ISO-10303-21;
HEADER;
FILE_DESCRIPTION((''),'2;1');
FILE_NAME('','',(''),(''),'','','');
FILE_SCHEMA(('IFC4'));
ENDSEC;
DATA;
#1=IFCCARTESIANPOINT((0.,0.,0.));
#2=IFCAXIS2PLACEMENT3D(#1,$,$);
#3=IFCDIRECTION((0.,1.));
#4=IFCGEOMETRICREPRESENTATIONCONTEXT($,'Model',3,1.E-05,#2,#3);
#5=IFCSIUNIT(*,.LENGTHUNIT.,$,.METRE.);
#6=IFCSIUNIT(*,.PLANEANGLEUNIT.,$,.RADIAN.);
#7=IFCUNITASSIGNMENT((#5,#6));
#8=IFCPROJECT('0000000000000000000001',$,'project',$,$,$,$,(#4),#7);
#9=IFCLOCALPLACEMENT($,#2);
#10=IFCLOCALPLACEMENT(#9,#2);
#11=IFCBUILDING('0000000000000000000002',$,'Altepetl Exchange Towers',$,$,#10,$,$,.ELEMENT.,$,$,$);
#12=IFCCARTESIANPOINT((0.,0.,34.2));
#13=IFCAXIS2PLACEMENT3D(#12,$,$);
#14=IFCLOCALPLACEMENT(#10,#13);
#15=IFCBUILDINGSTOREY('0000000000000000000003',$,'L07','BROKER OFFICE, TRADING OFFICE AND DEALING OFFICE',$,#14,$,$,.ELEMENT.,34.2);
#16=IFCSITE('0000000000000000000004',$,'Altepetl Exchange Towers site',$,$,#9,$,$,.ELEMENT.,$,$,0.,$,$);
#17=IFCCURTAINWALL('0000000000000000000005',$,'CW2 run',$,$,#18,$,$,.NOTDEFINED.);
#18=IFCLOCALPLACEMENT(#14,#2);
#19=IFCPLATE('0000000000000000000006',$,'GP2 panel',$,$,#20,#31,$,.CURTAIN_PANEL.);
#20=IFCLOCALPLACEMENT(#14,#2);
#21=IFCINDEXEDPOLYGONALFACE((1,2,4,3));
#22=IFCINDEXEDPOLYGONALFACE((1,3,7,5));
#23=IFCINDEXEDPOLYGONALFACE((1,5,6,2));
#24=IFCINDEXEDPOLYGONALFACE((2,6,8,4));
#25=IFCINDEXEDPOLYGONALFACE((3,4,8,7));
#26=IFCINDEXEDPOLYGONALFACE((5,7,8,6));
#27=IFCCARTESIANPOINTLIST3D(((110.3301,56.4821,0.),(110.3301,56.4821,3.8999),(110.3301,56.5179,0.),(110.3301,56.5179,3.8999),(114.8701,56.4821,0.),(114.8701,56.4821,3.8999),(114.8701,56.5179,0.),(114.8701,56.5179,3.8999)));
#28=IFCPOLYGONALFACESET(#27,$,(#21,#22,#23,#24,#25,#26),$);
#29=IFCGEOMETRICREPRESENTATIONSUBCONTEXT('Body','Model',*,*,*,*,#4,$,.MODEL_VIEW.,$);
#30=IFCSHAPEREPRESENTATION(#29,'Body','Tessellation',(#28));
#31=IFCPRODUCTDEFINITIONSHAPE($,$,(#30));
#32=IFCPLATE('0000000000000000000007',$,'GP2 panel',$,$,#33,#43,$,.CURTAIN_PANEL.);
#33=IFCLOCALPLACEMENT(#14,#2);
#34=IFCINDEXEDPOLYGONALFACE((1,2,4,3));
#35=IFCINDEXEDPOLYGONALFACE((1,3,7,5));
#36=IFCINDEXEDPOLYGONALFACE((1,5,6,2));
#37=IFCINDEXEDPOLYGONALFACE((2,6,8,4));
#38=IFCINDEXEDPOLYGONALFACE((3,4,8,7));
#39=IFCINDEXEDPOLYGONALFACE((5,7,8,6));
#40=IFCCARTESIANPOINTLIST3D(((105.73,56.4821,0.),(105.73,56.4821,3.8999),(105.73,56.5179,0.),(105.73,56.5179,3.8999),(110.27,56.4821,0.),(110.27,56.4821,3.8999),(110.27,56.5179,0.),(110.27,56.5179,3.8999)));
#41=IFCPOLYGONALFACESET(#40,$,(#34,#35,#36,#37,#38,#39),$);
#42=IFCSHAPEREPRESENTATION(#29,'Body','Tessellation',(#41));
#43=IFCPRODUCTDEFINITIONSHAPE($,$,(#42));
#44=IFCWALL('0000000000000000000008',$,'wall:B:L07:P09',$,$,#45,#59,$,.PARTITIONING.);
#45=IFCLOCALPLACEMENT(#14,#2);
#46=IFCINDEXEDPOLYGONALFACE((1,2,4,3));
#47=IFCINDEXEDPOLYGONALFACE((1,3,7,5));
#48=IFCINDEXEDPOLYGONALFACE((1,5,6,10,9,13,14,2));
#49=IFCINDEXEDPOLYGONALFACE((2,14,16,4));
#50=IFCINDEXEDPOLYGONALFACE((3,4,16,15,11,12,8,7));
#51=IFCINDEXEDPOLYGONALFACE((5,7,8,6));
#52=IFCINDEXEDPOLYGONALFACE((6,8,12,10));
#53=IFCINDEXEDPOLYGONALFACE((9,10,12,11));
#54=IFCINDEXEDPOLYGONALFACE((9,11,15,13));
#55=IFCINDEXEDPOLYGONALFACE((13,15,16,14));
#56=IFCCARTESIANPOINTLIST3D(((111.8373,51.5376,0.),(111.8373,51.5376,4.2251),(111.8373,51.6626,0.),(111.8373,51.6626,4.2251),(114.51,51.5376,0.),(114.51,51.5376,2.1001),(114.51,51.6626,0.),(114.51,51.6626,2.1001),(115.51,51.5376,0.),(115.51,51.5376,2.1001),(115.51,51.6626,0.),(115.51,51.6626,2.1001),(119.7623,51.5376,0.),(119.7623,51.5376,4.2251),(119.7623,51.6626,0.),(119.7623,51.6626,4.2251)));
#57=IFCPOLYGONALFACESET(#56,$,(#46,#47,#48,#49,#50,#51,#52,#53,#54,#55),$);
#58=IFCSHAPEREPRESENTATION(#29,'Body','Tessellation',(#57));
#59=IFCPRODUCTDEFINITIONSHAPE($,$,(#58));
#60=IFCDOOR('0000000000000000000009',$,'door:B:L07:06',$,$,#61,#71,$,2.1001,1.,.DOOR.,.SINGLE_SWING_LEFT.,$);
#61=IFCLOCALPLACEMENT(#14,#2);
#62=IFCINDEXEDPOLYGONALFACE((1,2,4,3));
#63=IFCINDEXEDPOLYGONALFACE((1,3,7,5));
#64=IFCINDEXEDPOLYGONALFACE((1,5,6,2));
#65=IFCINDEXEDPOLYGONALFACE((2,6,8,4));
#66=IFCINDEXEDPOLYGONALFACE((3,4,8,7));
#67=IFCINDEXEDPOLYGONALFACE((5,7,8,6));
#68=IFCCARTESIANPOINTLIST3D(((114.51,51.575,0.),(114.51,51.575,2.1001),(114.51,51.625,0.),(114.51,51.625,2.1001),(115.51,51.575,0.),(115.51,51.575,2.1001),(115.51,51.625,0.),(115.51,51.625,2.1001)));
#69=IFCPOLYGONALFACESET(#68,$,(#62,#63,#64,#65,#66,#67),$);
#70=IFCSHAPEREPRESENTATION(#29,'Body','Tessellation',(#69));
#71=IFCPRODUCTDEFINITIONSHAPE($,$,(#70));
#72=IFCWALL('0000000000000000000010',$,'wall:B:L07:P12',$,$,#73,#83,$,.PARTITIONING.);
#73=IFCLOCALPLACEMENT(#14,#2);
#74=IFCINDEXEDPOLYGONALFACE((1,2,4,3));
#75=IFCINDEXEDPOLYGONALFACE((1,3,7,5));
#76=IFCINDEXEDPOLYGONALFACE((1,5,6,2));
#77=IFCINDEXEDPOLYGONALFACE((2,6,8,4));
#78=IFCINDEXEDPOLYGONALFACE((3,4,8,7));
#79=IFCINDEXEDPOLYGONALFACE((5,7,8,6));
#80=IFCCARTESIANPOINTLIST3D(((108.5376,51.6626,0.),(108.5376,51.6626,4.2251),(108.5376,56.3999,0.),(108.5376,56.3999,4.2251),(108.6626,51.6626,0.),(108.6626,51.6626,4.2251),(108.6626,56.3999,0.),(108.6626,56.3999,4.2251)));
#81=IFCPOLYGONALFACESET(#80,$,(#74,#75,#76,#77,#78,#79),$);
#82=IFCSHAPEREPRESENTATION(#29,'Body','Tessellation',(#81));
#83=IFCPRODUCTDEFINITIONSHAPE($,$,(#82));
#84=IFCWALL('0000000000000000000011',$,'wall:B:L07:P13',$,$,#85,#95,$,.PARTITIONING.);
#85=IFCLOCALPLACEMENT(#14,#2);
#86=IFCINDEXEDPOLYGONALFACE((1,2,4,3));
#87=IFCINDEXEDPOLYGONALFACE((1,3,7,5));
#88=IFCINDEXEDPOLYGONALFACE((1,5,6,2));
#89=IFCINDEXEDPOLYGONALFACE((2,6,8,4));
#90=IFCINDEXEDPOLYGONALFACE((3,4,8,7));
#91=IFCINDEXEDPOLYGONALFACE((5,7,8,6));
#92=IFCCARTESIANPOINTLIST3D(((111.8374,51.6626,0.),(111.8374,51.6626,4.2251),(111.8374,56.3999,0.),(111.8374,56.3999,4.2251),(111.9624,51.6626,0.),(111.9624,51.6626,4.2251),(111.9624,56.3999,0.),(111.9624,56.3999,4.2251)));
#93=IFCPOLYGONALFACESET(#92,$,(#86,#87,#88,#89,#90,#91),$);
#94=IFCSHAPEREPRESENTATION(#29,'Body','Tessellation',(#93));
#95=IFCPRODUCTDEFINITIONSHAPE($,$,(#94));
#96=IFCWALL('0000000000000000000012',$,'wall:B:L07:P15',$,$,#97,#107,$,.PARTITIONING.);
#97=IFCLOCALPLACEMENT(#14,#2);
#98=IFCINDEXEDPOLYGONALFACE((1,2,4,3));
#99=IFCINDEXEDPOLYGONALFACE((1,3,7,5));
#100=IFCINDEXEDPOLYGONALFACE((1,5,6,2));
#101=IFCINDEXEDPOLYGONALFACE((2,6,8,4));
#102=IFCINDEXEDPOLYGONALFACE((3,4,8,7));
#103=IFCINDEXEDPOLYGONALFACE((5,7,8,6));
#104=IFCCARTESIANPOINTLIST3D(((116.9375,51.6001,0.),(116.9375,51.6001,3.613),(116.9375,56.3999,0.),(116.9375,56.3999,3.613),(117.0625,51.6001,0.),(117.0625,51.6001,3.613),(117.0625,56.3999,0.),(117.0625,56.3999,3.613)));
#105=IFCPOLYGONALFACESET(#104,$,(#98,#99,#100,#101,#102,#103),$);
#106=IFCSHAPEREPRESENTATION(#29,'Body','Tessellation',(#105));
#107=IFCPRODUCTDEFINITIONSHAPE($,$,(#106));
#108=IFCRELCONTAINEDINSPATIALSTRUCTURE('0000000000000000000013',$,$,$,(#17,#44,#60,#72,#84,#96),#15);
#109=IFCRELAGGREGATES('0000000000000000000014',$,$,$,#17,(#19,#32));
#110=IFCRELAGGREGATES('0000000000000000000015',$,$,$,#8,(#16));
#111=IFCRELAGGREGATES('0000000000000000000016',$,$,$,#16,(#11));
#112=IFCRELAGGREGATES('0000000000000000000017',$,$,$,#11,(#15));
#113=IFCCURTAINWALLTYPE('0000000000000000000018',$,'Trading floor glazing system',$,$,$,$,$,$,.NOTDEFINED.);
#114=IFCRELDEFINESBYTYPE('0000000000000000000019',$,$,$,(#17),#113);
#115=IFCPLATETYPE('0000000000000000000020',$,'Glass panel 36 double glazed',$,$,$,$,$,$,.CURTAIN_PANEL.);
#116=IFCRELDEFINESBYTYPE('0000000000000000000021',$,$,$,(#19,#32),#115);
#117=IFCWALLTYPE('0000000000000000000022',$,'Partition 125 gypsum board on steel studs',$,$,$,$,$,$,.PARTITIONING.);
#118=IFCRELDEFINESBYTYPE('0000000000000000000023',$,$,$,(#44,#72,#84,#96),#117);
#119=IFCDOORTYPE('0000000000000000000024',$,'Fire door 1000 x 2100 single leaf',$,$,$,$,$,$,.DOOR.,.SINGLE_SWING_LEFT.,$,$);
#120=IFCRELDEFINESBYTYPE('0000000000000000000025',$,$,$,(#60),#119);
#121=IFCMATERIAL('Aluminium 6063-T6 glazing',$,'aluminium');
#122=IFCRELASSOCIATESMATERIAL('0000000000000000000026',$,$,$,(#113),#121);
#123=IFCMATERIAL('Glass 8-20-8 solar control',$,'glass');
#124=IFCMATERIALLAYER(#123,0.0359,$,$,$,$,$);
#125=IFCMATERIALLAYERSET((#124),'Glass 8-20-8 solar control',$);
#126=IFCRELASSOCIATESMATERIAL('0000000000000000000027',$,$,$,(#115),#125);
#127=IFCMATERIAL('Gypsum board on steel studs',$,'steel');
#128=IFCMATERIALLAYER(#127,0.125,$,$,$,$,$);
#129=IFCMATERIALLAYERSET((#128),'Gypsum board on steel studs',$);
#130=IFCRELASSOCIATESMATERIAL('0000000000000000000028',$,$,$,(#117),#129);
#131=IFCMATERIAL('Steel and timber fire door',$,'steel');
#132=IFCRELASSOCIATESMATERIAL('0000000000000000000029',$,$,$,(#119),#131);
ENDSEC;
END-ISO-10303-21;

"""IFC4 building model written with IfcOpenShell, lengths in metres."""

from ifc_helpers import new_model, si_unit, direction, frame, frame_2d, origin, origin_2d, place, context, subcontext, project, spatial, rectangle, extrude, material, layer, layer_set, type_object, element, fill, aggregate, save


model = new_model("IFC4")

# Units and contexts
model_context = context("Model", 3, precision=1e-05, world=origin(), true_north=direction((0.0, 1.0)))
body_context = subcontext(model_context, "Body", "Model", "MODEL_VIEW")
ifc_project = project(units=[si_unit("LENGTHUNIT", "METRE"), si_unit("PLANEANGLEUNIT", "RADIAN")], contexts=[model_context])

# Site, building, storey
site_placement = place(None, origin())
site = spatial("IfcSite", under=ifc_project, at=site_placement, Name="Altepetl Exchange Towers site", CompositionType="ELEMENT", RefElevation=0.0)
building_placement = place(site_placement, origin())
building = spatial("IfcBuilding", under=site, at=building_placement, Name="Altepetl Exchange Towers", CompositionType="ELEMENT")
storey_placement = place(building_placement, frame((0.0, 0.0, 34.2)))
storey = spatial("IfcBuildingStorey", under=building, at=storey_placement, Name="L07", Description="BROKER OFFICE, TRADING OFFICE AND DEALING OFFICE", CompositionType="ELEMENT", Elevation=34.2)

# Curtain wall
ifc_material_1 = material(Name="Aluminium 6063-T6 glazing", Category="aluminium")
curtain_wall_type = type_object("IfcCurtainWallType", Name="Trading floor glazing system", PredefinedType="NOTDEFINED", material=ifc_material_1)
curtain_wall_placement = place(storey_placement, origin())
curtain_wall = element("IfcCurtainWall", 1, at=curtain_wall_placement, inside=storey, type_object=curtain_wall_type, Name="CW2 run", PredefinedType="NOTDEFINED")

# Plates
ifc_material_2 = material(Name="Glass 8-20-8 solar control", Category="glass")
ifc_layer_1 = layer(ifc_material_2, 0.0359)
ifc_layer_set_1 = layer_set([ifc_layer_1], Name="Glass 8-20-8 solar control")
plate_type = type_object("IfcPlateType", Name="Glass panel 36 double glazed", PredefinedType="CURTAIN_PANEL", material=ifc_layer_set_1)
plate_1_placement = place(storey_placement, frame((112.6001, 56.5, 0.0), z_axis=(0.0, 0.0, 1.0), x_axis=(-1.0, 0.0, 0.0)))
plate_1 = element("IfcPlate", 2, at=plate_1_placement, type_object=plate_type, Name="GP2 panel", PredefinedType="CURTAIN_PANEL", context=body_context, shape_type="SweptSolid", body=[
    extrude(rectangle(XDim=4.54, YDim=0.0359, at=origin_2d()), origin(), (0.0, 0.0, 1.0), 3.8999),
])
plate_2_placement = place(storey_placement, frame((108.0, 56.5, 0.0), z_axis=(0.0, 0.0, 1.0), x_axis=(-1.0, 0.0, 0.0)))
plate_2 = element("IfcPlate", 3, at=plate_2_placement, type_object=plate_type, Name="GP2 panel", PredefinedType="CURTAIN_PANEL", context=body_context, shape_type="SweptSolid", body=[
    extrude(rectangle(XDim=4.54, YDim=0.0359, at=origin_2d()), origin(), (0.0, 0.0, 1.0), 3.8999),
])
aggregate(curtain_wall, [plate_1, plate_2])

# Wall, opening, door
ifc_material_3 = material(Name="Gypsum board on steel studs", Category="steel")
ifc_layer_2 = layer(ifc_material_3, 0.125)
ifc_layer_set_2 = layer_set([ifc_layer_2], Name="Gypsum board on steel studs")
wall_type = type_object("IfcWallType", Name="Partition 125 gypsum board on steel studs", PredefinedType="PARTITIONING", material=ifc_layer_set_2)
wall_1_placement = place(storey_placement, frame((111.8374, 51.6001, 0.0)))
wall_1 = element("IfcWall", 4, at=wall_1_placement, inside=storey, type_object=wall_type, Name="wall:B:L07:P09", PredefinedType="PARTITIONING", context=body_context, shape_type="SweptSolid", body=[
    extrude(rectangle(XDim=7.925, YDim=0.125, at=frame_2d((3.9624, 0.0))), origin(), (0.0, 0.0, 1.0), 4.2251),
])
opening_placement = place(wall_1_placement, frame((2.6726, 0.0, 0.0)))
opening = element("IfcOpeningElement", 5, at=opening_placement, cuts=wall_1, PredefinedType="OPENING", context=body_context, shape_type="SweptSolid", body=[
    extrude(rectangle(XDim=1.0, YDim=2.1001, at=frame_2d((0.5, 1.05))), frame((0.0, 0.0725, 0.0), z_axis=(0.0, -1.0, 0.0), x_axis=(1.0, 0.0, 0.0)), (0.0, 0.0, 1.0), 0.145),
])
ifc_material_4 = material(Name="Steel and timber fire door", Category="steel")
door_type = type_object("IfcDoorType", Name="Fire door 1000 x 2100 single leaf", OperationType="SINGLE_SWING_LEFT", PredefinedType="DOOR", material=ifc_material_4)
door_placement = place(opening_placement, origin())
door = element("IfcDoor", 6, at=door_placement, inside=storey, type_object=door_type, Name="door:B:L07:06", OperationType="SINGLE_SWING_LEFT", OverallHeight=2.1001, OverallWidth=1.0, PredefinedType="DOOR", context=body_context, shape_type="SweptSolid", body=[
    extrude(rectangle(XDim=1.0, YDim=2.1001, at=frame_2d((0.5, 1.05))), frame((0.0, 0.0249, 0.0), z_axis=(0.0, -1.0, 0.0), x_axis=(1.0, 0.0, 0.0)), (0.0, 0.0, 1.0), 0.05),
])
fill(opening, door)

# Walls
for number, where, z_axis, x_axis, name in (
    (7, (108.6001, 51.6626, 0.0), (0.0, 0.0, 1.0), (0.0, 1.0, 0.0), "wall:B:L07:P12"),
    (8, (111.8999, 51.6626, 0.0), (0.0, 0.0, 1.0), (0.0, 1.0, 0.0), "wall:B:L07:P13"),
):
    element("IfcWall", number, at=place(storey_placement, frame(where, z_axis=z_axis, x_axis=x_axis)), inside=storey, type_object=wall_type, Name=name, PredefinedType="PARTITIONING", context=body_context, shape_type="SweptSolid", body=[
        extrude(rectangle(XDim=4.7373, YDim=0.125, at=frame_2d((2.3687, 0.0))), origin(), (0.0, 0.0, 1.0), 4.2251),
    ])
wall_2_placement = place(storey_placement, frame((117.0, 51.6001, 0.0), z_axis=(0.0, 0.0, 1.0), x_axis=(0.0, 1.0, 0.0)))
element("IfcWall", 9, at=wall_2_placement, inside=storey, type_object=wall_type, Name="wall:B:L07:P15", PredefinedType="PARTITIONING", context=body_context, shape_type="SweptSolid", body=[
    extrude(rectangle(XDim=4.7998, YDim=0.125, at=frame_2d((2.3999, 0.0))), origin(), (0.0, 0.0, 1.0), 3.613),
])

save(model, "model.ifc")
